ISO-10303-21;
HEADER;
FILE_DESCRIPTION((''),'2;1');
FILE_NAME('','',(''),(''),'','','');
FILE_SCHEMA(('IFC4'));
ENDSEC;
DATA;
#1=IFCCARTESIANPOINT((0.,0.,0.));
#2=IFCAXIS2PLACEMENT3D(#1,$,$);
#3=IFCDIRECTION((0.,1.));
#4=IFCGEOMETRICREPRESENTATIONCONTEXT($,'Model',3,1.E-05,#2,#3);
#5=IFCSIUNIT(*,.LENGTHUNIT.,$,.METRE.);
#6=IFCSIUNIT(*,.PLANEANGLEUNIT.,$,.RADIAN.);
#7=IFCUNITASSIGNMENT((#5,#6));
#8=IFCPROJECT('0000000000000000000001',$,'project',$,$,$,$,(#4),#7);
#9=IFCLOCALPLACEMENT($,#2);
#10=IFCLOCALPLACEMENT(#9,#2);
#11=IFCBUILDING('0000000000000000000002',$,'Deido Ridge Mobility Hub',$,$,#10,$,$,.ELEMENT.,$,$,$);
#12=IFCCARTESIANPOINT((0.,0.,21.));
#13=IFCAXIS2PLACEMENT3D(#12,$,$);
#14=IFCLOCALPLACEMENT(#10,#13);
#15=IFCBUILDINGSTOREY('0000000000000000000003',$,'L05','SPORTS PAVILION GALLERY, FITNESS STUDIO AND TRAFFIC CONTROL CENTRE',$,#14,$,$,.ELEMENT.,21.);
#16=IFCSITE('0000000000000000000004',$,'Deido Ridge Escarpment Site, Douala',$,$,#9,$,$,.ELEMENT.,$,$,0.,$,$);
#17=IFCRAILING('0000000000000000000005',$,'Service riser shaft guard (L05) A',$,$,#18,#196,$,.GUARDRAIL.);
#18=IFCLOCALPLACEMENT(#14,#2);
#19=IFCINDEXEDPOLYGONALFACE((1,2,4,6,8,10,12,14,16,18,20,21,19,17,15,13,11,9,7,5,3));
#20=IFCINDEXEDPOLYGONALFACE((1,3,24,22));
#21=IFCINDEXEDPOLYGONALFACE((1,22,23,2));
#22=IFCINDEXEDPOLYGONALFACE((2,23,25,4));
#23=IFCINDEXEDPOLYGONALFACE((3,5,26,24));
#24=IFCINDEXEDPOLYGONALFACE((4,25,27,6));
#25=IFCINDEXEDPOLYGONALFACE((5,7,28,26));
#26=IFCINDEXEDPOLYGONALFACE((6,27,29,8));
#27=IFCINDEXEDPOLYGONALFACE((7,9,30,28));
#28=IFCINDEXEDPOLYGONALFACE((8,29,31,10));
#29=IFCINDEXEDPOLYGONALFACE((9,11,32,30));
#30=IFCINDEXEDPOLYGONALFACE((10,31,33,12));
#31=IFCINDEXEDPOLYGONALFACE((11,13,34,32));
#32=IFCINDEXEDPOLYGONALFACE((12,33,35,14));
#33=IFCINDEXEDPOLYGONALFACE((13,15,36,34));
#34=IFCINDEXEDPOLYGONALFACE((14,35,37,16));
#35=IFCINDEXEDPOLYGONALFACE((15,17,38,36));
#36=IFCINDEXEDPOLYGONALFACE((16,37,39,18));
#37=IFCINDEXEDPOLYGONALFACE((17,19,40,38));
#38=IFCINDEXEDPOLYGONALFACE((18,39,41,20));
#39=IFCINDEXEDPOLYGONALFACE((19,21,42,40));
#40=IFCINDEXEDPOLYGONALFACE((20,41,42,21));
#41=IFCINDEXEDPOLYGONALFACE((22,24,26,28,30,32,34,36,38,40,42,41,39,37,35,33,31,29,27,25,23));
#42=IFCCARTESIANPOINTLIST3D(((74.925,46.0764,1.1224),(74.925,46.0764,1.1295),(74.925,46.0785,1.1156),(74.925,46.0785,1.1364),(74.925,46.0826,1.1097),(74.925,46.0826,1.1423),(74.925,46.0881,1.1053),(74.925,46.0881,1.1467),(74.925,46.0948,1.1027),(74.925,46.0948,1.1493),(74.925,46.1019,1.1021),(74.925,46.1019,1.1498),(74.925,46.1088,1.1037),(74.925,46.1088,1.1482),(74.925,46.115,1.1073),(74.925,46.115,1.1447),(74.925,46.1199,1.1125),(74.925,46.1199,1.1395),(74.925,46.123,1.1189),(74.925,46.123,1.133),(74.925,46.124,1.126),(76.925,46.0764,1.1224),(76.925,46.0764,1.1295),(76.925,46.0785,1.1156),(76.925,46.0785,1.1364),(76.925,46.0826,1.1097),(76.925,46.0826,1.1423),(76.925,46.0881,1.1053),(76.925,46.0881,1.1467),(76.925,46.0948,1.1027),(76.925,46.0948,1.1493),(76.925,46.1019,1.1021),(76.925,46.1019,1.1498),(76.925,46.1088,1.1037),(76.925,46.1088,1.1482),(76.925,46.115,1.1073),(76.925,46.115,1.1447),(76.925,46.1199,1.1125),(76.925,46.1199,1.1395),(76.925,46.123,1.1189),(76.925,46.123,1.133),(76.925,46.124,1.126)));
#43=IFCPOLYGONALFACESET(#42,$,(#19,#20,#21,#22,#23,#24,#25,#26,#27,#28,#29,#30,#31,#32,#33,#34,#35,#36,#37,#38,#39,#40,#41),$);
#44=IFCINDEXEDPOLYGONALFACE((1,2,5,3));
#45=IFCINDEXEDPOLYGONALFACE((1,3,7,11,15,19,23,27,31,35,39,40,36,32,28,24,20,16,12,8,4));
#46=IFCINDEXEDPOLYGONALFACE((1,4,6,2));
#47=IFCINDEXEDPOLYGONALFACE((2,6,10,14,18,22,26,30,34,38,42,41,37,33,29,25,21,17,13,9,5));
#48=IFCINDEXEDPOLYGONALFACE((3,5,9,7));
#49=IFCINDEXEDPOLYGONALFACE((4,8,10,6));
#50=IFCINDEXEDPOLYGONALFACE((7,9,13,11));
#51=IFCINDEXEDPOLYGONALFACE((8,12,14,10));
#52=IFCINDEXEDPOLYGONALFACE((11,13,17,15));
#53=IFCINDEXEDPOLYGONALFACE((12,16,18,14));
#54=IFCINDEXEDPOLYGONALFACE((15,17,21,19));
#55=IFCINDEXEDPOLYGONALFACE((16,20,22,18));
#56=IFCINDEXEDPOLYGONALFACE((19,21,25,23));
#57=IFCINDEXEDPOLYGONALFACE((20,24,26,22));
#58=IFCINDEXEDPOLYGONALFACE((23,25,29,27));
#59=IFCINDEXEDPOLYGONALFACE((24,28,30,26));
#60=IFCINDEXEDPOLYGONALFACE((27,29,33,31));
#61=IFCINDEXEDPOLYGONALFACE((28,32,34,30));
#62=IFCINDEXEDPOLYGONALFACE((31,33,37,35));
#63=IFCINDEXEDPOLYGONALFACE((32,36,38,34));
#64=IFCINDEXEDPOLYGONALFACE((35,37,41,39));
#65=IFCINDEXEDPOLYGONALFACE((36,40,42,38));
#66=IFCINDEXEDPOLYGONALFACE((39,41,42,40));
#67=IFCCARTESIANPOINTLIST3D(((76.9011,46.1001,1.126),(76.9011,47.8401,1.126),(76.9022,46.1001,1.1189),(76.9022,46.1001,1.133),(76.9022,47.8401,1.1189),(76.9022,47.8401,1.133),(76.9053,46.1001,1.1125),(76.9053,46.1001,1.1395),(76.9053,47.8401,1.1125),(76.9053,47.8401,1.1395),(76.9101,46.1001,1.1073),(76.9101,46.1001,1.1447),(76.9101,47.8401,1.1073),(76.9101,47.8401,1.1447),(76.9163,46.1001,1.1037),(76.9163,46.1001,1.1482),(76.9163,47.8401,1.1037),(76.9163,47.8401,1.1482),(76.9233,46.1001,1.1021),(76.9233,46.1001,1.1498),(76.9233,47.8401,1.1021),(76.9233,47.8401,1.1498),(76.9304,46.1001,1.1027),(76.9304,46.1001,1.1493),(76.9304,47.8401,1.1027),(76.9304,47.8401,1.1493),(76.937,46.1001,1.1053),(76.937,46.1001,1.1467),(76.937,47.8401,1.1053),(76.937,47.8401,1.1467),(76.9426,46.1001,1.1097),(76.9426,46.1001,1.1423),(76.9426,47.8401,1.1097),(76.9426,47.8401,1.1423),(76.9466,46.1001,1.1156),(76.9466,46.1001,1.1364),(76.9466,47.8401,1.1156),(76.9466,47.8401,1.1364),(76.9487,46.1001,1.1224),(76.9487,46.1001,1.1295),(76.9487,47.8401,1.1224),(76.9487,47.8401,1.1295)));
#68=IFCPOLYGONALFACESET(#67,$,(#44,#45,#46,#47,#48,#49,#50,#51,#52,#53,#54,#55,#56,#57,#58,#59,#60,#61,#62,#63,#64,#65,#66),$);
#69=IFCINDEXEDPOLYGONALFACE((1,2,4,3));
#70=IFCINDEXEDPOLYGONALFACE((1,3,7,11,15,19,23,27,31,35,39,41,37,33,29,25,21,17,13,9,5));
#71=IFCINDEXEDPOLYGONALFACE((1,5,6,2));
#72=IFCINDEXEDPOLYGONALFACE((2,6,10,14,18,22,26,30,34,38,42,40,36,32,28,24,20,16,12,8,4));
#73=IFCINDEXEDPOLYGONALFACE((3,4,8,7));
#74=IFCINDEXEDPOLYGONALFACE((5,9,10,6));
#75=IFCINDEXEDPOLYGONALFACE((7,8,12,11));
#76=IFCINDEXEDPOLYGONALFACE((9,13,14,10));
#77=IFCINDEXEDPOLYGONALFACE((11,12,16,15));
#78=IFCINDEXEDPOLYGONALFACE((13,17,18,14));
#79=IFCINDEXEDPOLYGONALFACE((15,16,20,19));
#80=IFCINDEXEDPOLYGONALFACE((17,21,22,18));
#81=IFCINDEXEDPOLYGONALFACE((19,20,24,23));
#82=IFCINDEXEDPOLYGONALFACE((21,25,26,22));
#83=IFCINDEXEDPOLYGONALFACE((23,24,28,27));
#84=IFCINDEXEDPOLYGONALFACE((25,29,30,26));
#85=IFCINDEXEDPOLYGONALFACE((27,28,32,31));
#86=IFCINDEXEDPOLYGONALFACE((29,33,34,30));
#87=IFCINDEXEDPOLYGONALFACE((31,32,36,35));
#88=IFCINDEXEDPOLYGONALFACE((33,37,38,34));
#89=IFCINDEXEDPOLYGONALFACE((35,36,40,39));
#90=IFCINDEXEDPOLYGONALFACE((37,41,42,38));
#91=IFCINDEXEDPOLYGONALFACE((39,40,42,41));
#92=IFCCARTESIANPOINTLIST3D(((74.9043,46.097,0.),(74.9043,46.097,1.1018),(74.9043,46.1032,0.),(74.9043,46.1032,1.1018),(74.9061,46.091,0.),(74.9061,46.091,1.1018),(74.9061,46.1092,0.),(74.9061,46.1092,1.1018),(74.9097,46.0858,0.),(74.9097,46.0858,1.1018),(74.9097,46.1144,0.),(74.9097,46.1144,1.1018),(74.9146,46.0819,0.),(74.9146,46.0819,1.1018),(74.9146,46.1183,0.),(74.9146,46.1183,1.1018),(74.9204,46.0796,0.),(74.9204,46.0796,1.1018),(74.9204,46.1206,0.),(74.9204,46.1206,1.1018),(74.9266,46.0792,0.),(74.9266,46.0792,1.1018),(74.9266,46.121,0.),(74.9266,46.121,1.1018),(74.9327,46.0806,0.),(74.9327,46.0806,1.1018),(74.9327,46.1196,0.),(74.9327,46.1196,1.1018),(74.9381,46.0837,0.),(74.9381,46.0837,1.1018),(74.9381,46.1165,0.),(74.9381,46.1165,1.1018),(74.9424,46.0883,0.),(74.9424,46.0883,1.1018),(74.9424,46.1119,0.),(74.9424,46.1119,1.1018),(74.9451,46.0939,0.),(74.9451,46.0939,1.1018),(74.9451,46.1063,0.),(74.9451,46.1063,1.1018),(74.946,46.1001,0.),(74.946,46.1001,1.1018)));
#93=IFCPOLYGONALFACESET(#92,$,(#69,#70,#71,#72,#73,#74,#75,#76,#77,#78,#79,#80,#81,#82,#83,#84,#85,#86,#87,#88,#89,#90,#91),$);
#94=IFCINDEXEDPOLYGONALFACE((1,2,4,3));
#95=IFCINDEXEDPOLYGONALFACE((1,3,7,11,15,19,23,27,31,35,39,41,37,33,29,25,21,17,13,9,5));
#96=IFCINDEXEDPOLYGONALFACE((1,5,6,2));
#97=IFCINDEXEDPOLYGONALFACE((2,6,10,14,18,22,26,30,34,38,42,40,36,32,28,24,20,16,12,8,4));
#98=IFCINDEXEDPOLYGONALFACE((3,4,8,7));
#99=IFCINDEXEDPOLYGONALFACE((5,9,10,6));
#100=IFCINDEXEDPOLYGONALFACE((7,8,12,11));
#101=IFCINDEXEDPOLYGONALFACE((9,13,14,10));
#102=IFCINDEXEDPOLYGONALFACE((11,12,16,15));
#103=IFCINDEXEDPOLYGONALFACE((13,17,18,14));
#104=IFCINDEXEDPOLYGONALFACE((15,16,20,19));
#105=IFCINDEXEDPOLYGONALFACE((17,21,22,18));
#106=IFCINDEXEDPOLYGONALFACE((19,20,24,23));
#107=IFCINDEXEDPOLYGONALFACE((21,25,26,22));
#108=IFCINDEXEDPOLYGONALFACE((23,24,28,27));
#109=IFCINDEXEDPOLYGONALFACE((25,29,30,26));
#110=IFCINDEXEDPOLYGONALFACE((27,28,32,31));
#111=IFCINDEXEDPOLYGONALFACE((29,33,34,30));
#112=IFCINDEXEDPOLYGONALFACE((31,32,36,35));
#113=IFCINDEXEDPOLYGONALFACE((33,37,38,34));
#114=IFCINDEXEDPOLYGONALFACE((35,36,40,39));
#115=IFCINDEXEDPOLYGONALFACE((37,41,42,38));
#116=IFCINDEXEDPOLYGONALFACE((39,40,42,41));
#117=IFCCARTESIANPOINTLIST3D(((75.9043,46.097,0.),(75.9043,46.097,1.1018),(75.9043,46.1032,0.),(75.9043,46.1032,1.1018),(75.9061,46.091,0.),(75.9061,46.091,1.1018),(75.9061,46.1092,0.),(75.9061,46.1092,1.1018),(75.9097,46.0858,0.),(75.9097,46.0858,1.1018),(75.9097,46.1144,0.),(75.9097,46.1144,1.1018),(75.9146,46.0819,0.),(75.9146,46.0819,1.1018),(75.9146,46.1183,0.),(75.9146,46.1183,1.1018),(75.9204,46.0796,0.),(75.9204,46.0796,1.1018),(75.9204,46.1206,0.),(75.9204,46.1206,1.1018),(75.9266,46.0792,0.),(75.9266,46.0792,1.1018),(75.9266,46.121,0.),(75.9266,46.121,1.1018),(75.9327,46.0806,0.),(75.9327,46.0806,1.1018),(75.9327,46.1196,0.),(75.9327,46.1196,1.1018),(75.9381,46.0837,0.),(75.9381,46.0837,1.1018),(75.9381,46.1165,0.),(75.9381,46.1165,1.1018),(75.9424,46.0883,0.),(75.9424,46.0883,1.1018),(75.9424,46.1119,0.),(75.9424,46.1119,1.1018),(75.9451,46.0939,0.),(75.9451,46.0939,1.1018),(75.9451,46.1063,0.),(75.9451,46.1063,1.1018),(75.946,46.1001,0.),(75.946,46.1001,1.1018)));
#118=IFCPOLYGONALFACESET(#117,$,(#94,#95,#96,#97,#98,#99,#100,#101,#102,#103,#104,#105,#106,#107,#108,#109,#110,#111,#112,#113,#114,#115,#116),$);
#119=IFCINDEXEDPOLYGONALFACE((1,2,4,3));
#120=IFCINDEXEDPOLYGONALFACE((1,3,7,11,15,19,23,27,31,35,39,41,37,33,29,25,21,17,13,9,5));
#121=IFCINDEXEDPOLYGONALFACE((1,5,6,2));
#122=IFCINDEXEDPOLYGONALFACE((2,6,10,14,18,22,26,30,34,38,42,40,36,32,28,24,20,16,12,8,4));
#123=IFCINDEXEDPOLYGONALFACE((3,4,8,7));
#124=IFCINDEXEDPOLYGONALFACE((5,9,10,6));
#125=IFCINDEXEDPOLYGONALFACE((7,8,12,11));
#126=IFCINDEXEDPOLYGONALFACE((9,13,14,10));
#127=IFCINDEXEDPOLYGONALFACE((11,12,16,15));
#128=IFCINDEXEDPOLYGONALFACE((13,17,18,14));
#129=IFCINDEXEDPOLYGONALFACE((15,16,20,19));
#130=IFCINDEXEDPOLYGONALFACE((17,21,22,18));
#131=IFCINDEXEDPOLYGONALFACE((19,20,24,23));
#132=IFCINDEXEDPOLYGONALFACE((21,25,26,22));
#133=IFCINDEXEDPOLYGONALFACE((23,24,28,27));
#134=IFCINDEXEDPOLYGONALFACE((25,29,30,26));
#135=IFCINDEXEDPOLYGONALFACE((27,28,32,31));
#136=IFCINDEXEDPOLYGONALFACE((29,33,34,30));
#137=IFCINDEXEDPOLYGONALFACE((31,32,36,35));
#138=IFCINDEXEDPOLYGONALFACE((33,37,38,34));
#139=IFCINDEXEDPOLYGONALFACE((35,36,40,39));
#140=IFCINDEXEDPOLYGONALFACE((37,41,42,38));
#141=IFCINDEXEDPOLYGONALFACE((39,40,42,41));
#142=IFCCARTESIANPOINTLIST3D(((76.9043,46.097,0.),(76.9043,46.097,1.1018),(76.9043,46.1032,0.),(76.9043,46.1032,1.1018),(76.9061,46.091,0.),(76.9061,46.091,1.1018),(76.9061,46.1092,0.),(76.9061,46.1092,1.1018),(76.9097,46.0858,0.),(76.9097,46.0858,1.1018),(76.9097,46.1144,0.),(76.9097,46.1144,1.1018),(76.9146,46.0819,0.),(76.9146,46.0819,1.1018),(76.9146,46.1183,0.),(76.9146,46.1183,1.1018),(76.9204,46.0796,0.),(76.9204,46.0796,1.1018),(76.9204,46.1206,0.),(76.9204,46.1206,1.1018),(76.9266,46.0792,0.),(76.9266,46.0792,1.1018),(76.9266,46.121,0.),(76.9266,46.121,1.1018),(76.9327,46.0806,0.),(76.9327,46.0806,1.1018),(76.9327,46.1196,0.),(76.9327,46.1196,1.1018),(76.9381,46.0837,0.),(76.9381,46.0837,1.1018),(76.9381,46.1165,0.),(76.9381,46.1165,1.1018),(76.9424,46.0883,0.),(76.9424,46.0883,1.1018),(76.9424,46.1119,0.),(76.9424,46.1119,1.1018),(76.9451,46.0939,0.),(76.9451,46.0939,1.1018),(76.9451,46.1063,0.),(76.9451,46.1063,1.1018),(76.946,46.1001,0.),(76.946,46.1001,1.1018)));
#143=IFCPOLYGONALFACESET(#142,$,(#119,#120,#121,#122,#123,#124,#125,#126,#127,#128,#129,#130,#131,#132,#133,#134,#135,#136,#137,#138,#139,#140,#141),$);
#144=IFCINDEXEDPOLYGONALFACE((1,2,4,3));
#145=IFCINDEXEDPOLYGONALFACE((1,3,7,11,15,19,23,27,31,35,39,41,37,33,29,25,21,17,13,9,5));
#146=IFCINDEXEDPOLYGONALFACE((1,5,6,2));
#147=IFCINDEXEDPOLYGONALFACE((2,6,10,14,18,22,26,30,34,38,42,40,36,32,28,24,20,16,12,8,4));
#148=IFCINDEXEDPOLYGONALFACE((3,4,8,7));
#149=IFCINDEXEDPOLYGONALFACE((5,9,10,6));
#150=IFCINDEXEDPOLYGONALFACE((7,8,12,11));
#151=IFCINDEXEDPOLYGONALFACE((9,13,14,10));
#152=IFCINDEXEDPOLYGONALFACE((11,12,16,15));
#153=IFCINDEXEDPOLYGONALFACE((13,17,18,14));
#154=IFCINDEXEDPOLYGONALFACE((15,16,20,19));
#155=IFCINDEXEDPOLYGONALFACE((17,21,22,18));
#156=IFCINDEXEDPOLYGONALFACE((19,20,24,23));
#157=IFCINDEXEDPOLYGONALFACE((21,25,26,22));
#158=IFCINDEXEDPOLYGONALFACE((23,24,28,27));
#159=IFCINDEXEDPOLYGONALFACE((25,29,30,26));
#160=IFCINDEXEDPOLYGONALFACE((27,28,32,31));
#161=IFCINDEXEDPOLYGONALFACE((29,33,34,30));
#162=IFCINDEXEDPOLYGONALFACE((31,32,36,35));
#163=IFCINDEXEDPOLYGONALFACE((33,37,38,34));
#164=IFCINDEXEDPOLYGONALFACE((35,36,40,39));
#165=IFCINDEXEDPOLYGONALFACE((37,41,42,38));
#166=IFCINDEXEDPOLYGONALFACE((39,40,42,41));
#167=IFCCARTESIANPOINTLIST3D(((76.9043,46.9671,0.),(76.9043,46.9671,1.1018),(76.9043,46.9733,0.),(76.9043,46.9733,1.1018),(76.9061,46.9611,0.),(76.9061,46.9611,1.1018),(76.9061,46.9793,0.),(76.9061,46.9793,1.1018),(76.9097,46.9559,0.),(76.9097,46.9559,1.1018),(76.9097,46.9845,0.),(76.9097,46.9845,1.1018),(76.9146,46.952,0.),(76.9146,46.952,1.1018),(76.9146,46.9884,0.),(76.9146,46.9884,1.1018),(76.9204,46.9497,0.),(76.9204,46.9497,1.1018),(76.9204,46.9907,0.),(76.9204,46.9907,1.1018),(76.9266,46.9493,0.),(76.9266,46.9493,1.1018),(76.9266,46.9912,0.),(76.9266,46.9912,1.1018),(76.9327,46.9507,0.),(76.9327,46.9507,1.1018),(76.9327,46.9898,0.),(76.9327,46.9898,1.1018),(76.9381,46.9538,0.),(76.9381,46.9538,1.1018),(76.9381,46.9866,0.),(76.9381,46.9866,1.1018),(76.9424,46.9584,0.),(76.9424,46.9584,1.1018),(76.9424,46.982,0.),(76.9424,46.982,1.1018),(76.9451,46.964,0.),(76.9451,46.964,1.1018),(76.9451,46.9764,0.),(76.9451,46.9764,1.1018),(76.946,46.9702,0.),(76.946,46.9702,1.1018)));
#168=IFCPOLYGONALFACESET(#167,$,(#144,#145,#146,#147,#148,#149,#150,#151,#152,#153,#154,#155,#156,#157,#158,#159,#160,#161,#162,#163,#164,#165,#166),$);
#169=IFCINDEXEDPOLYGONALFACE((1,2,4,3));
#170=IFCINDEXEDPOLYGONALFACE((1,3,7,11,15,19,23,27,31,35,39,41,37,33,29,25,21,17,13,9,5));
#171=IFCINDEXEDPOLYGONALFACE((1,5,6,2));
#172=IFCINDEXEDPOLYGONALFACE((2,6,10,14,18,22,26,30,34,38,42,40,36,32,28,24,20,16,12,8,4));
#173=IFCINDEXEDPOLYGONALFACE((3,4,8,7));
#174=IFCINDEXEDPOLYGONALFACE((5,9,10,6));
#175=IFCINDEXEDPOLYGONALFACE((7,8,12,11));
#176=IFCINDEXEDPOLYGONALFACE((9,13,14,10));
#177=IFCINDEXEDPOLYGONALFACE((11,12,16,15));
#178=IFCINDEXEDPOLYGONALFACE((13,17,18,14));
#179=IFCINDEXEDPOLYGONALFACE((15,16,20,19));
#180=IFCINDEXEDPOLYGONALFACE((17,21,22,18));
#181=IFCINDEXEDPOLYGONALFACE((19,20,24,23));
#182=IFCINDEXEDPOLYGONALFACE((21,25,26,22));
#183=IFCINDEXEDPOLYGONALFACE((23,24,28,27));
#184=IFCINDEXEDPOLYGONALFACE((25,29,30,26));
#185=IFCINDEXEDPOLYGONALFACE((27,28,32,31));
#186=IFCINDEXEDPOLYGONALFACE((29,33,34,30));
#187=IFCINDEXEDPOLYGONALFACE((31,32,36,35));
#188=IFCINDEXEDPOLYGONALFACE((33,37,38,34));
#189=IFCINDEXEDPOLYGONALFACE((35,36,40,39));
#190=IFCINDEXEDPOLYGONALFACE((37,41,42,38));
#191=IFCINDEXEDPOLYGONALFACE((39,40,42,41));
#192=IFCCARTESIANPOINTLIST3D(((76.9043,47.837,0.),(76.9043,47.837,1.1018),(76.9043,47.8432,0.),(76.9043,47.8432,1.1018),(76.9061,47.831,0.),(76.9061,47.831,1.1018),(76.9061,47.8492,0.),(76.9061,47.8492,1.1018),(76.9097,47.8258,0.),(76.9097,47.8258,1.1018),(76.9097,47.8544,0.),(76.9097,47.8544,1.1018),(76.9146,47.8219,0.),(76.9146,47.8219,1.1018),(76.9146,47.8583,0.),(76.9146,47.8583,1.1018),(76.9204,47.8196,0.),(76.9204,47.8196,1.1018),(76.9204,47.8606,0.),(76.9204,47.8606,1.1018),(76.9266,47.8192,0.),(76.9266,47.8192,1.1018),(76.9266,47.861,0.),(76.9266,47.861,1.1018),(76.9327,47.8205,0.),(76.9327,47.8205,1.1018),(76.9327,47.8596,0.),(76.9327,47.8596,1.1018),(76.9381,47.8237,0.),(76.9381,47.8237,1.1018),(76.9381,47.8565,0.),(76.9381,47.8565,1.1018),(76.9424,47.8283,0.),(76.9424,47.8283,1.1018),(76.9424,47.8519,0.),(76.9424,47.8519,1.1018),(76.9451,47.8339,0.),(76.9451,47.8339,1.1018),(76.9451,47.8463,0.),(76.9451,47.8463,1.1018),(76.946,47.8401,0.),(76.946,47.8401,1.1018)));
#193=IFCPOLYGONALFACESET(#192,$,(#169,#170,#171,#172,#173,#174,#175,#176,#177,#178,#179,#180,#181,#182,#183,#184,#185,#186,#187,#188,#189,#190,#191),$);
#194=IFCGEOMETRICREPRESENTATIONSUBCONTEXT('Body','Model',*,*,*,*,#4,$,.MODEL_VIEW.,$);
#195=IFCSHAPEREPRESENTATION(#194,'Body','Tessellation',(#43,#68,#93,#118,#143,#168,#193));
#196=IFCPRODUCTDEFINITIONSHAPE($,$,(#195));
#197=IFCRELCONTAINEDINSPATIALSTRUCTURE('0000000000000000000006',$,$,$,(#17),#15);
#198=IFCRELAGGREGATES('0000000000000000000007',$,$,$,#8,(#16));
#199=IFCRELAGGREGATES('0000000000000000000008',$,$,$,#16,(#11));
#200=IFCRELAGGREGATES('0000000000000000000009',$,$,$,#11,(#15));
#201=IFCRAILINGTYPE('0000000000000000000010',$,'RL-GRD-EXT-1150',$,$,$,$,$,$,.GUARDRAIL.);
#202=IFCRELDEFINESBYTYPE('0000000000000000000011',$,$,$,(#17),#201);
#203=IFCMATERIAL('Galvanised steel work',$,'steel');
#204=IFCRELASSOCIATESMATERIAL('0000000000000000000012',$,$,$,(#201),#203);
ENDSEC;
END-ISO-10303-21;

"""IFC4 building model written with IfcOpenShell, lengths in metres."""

from ifc_helpers import new_model, si_unit, direction, frame, origin, origin_2d, place, context, subcontext, project, spatial, circle, extrude, material, type_object, element, save


model = new_model("IFC4")

# Units and contexts
model_context = context("Model", 3, precision=1e-05, world=origin(), true_north=direction((0.0, 1.0)))
body_context = subcontext(model_context, "Body", "Model", "MODEL_VIEW")
ifc_project = project(units=[si_unit("LENGTHUNIT", "METRE"), si_unit("PLANEANGLEUNIT", "RADIAN")], contexts=[model_context])

# Site, building, storey
site_placement = place(None, origin())
site = spatial("IfcSite", under=ifc_project, at=site_placement, Name="Deido Ridge Escarpment Site, Douala", CompositionType="ELEMENT", RefElevation=0.0)
building_placement = place(site_placement, origin())
building = spatial("IfcBuilding", under=site, at=building_placement, Name="Deido Ridge Mobility Hub", CompositionType="ELEMENT")
storey_placement = place(building_placement, frame((0.0, 0.0, 21.0)))
storey = spatial("IfcBuildingStorey", under=building, at=storey_placement, Name="L05", Description="SPORTS PAVILION GALLERY, FITNESS STUDIO AND TRAFFIC CONTROL CENTRE", CompositionType="ELEMENT", Elevation=21.0)

# Shared definitions
ifc_material_1 = material(Name="Galvanised steel work", Category="steel")

# Railing
railing_type = type_object("IfcRailingType", Name="RL-GRD-EXT-1150", PredefinedType="GUARDRAIL", material=ifc_material_1)
railing_placement = place(storey_placement, frame((74.925, 46.1001, 0.0)))
element("IfcRailing", 1, at=railing_placement, inside=storey, type_object=railing_type, Name="Service riser shaft guard (L05) A", PredefinedType="GUARDRAIL", context=body_context, shape_type="SweptSolid", body=[
    extrude(circle(Radius=0.0239, at=origin_2d()), frame((0.0, 0.0, 1.126), z_axis=(1.0, 0.0, 0.0), x_axis=(0.0, 1.0, 0.0)), (0.0, 0.0, 1.0), 2.0),
    extrude(circle(Radius=0.0239, at=origin_2d()), frame((2.0, 0.0, 1.126), z_axis=(0.0, 1.0, 0.0), x_axis=(-1.0, 0.0, 0.0)), (0.0, 0.0, 1.0), 1.74),
    extrude(circle(Radius=0.021, at=origin_2d()), origin(), (0.0, 0.0, 1.0), 1.1018),
    extrude(circle(Radius=0.021, at=origin_2d()), frame((1.0, 0.0, 0.0)), (0.0, 0.0, 1.0), 1.1018),
    extrude(circle(Radius=0.021, at=origin_2d()), frame((2.0, 0.0, 0.0)), (0.0, 0.0, 1.0), 1.1018),
    extrude(circle(Radius=0.021, at=origin_2d()), frame((2.0, 0.8701, 0.0)), (0.0, 0.0, 1.0), 1.1018),
    extrude(circle(Radius=0.021, at=origin_2d()), frame((2.0, 1.74, 0.0)), (0.0, 0.0, 1.0), 1.1018),
])

save(model, "model.ifc")
